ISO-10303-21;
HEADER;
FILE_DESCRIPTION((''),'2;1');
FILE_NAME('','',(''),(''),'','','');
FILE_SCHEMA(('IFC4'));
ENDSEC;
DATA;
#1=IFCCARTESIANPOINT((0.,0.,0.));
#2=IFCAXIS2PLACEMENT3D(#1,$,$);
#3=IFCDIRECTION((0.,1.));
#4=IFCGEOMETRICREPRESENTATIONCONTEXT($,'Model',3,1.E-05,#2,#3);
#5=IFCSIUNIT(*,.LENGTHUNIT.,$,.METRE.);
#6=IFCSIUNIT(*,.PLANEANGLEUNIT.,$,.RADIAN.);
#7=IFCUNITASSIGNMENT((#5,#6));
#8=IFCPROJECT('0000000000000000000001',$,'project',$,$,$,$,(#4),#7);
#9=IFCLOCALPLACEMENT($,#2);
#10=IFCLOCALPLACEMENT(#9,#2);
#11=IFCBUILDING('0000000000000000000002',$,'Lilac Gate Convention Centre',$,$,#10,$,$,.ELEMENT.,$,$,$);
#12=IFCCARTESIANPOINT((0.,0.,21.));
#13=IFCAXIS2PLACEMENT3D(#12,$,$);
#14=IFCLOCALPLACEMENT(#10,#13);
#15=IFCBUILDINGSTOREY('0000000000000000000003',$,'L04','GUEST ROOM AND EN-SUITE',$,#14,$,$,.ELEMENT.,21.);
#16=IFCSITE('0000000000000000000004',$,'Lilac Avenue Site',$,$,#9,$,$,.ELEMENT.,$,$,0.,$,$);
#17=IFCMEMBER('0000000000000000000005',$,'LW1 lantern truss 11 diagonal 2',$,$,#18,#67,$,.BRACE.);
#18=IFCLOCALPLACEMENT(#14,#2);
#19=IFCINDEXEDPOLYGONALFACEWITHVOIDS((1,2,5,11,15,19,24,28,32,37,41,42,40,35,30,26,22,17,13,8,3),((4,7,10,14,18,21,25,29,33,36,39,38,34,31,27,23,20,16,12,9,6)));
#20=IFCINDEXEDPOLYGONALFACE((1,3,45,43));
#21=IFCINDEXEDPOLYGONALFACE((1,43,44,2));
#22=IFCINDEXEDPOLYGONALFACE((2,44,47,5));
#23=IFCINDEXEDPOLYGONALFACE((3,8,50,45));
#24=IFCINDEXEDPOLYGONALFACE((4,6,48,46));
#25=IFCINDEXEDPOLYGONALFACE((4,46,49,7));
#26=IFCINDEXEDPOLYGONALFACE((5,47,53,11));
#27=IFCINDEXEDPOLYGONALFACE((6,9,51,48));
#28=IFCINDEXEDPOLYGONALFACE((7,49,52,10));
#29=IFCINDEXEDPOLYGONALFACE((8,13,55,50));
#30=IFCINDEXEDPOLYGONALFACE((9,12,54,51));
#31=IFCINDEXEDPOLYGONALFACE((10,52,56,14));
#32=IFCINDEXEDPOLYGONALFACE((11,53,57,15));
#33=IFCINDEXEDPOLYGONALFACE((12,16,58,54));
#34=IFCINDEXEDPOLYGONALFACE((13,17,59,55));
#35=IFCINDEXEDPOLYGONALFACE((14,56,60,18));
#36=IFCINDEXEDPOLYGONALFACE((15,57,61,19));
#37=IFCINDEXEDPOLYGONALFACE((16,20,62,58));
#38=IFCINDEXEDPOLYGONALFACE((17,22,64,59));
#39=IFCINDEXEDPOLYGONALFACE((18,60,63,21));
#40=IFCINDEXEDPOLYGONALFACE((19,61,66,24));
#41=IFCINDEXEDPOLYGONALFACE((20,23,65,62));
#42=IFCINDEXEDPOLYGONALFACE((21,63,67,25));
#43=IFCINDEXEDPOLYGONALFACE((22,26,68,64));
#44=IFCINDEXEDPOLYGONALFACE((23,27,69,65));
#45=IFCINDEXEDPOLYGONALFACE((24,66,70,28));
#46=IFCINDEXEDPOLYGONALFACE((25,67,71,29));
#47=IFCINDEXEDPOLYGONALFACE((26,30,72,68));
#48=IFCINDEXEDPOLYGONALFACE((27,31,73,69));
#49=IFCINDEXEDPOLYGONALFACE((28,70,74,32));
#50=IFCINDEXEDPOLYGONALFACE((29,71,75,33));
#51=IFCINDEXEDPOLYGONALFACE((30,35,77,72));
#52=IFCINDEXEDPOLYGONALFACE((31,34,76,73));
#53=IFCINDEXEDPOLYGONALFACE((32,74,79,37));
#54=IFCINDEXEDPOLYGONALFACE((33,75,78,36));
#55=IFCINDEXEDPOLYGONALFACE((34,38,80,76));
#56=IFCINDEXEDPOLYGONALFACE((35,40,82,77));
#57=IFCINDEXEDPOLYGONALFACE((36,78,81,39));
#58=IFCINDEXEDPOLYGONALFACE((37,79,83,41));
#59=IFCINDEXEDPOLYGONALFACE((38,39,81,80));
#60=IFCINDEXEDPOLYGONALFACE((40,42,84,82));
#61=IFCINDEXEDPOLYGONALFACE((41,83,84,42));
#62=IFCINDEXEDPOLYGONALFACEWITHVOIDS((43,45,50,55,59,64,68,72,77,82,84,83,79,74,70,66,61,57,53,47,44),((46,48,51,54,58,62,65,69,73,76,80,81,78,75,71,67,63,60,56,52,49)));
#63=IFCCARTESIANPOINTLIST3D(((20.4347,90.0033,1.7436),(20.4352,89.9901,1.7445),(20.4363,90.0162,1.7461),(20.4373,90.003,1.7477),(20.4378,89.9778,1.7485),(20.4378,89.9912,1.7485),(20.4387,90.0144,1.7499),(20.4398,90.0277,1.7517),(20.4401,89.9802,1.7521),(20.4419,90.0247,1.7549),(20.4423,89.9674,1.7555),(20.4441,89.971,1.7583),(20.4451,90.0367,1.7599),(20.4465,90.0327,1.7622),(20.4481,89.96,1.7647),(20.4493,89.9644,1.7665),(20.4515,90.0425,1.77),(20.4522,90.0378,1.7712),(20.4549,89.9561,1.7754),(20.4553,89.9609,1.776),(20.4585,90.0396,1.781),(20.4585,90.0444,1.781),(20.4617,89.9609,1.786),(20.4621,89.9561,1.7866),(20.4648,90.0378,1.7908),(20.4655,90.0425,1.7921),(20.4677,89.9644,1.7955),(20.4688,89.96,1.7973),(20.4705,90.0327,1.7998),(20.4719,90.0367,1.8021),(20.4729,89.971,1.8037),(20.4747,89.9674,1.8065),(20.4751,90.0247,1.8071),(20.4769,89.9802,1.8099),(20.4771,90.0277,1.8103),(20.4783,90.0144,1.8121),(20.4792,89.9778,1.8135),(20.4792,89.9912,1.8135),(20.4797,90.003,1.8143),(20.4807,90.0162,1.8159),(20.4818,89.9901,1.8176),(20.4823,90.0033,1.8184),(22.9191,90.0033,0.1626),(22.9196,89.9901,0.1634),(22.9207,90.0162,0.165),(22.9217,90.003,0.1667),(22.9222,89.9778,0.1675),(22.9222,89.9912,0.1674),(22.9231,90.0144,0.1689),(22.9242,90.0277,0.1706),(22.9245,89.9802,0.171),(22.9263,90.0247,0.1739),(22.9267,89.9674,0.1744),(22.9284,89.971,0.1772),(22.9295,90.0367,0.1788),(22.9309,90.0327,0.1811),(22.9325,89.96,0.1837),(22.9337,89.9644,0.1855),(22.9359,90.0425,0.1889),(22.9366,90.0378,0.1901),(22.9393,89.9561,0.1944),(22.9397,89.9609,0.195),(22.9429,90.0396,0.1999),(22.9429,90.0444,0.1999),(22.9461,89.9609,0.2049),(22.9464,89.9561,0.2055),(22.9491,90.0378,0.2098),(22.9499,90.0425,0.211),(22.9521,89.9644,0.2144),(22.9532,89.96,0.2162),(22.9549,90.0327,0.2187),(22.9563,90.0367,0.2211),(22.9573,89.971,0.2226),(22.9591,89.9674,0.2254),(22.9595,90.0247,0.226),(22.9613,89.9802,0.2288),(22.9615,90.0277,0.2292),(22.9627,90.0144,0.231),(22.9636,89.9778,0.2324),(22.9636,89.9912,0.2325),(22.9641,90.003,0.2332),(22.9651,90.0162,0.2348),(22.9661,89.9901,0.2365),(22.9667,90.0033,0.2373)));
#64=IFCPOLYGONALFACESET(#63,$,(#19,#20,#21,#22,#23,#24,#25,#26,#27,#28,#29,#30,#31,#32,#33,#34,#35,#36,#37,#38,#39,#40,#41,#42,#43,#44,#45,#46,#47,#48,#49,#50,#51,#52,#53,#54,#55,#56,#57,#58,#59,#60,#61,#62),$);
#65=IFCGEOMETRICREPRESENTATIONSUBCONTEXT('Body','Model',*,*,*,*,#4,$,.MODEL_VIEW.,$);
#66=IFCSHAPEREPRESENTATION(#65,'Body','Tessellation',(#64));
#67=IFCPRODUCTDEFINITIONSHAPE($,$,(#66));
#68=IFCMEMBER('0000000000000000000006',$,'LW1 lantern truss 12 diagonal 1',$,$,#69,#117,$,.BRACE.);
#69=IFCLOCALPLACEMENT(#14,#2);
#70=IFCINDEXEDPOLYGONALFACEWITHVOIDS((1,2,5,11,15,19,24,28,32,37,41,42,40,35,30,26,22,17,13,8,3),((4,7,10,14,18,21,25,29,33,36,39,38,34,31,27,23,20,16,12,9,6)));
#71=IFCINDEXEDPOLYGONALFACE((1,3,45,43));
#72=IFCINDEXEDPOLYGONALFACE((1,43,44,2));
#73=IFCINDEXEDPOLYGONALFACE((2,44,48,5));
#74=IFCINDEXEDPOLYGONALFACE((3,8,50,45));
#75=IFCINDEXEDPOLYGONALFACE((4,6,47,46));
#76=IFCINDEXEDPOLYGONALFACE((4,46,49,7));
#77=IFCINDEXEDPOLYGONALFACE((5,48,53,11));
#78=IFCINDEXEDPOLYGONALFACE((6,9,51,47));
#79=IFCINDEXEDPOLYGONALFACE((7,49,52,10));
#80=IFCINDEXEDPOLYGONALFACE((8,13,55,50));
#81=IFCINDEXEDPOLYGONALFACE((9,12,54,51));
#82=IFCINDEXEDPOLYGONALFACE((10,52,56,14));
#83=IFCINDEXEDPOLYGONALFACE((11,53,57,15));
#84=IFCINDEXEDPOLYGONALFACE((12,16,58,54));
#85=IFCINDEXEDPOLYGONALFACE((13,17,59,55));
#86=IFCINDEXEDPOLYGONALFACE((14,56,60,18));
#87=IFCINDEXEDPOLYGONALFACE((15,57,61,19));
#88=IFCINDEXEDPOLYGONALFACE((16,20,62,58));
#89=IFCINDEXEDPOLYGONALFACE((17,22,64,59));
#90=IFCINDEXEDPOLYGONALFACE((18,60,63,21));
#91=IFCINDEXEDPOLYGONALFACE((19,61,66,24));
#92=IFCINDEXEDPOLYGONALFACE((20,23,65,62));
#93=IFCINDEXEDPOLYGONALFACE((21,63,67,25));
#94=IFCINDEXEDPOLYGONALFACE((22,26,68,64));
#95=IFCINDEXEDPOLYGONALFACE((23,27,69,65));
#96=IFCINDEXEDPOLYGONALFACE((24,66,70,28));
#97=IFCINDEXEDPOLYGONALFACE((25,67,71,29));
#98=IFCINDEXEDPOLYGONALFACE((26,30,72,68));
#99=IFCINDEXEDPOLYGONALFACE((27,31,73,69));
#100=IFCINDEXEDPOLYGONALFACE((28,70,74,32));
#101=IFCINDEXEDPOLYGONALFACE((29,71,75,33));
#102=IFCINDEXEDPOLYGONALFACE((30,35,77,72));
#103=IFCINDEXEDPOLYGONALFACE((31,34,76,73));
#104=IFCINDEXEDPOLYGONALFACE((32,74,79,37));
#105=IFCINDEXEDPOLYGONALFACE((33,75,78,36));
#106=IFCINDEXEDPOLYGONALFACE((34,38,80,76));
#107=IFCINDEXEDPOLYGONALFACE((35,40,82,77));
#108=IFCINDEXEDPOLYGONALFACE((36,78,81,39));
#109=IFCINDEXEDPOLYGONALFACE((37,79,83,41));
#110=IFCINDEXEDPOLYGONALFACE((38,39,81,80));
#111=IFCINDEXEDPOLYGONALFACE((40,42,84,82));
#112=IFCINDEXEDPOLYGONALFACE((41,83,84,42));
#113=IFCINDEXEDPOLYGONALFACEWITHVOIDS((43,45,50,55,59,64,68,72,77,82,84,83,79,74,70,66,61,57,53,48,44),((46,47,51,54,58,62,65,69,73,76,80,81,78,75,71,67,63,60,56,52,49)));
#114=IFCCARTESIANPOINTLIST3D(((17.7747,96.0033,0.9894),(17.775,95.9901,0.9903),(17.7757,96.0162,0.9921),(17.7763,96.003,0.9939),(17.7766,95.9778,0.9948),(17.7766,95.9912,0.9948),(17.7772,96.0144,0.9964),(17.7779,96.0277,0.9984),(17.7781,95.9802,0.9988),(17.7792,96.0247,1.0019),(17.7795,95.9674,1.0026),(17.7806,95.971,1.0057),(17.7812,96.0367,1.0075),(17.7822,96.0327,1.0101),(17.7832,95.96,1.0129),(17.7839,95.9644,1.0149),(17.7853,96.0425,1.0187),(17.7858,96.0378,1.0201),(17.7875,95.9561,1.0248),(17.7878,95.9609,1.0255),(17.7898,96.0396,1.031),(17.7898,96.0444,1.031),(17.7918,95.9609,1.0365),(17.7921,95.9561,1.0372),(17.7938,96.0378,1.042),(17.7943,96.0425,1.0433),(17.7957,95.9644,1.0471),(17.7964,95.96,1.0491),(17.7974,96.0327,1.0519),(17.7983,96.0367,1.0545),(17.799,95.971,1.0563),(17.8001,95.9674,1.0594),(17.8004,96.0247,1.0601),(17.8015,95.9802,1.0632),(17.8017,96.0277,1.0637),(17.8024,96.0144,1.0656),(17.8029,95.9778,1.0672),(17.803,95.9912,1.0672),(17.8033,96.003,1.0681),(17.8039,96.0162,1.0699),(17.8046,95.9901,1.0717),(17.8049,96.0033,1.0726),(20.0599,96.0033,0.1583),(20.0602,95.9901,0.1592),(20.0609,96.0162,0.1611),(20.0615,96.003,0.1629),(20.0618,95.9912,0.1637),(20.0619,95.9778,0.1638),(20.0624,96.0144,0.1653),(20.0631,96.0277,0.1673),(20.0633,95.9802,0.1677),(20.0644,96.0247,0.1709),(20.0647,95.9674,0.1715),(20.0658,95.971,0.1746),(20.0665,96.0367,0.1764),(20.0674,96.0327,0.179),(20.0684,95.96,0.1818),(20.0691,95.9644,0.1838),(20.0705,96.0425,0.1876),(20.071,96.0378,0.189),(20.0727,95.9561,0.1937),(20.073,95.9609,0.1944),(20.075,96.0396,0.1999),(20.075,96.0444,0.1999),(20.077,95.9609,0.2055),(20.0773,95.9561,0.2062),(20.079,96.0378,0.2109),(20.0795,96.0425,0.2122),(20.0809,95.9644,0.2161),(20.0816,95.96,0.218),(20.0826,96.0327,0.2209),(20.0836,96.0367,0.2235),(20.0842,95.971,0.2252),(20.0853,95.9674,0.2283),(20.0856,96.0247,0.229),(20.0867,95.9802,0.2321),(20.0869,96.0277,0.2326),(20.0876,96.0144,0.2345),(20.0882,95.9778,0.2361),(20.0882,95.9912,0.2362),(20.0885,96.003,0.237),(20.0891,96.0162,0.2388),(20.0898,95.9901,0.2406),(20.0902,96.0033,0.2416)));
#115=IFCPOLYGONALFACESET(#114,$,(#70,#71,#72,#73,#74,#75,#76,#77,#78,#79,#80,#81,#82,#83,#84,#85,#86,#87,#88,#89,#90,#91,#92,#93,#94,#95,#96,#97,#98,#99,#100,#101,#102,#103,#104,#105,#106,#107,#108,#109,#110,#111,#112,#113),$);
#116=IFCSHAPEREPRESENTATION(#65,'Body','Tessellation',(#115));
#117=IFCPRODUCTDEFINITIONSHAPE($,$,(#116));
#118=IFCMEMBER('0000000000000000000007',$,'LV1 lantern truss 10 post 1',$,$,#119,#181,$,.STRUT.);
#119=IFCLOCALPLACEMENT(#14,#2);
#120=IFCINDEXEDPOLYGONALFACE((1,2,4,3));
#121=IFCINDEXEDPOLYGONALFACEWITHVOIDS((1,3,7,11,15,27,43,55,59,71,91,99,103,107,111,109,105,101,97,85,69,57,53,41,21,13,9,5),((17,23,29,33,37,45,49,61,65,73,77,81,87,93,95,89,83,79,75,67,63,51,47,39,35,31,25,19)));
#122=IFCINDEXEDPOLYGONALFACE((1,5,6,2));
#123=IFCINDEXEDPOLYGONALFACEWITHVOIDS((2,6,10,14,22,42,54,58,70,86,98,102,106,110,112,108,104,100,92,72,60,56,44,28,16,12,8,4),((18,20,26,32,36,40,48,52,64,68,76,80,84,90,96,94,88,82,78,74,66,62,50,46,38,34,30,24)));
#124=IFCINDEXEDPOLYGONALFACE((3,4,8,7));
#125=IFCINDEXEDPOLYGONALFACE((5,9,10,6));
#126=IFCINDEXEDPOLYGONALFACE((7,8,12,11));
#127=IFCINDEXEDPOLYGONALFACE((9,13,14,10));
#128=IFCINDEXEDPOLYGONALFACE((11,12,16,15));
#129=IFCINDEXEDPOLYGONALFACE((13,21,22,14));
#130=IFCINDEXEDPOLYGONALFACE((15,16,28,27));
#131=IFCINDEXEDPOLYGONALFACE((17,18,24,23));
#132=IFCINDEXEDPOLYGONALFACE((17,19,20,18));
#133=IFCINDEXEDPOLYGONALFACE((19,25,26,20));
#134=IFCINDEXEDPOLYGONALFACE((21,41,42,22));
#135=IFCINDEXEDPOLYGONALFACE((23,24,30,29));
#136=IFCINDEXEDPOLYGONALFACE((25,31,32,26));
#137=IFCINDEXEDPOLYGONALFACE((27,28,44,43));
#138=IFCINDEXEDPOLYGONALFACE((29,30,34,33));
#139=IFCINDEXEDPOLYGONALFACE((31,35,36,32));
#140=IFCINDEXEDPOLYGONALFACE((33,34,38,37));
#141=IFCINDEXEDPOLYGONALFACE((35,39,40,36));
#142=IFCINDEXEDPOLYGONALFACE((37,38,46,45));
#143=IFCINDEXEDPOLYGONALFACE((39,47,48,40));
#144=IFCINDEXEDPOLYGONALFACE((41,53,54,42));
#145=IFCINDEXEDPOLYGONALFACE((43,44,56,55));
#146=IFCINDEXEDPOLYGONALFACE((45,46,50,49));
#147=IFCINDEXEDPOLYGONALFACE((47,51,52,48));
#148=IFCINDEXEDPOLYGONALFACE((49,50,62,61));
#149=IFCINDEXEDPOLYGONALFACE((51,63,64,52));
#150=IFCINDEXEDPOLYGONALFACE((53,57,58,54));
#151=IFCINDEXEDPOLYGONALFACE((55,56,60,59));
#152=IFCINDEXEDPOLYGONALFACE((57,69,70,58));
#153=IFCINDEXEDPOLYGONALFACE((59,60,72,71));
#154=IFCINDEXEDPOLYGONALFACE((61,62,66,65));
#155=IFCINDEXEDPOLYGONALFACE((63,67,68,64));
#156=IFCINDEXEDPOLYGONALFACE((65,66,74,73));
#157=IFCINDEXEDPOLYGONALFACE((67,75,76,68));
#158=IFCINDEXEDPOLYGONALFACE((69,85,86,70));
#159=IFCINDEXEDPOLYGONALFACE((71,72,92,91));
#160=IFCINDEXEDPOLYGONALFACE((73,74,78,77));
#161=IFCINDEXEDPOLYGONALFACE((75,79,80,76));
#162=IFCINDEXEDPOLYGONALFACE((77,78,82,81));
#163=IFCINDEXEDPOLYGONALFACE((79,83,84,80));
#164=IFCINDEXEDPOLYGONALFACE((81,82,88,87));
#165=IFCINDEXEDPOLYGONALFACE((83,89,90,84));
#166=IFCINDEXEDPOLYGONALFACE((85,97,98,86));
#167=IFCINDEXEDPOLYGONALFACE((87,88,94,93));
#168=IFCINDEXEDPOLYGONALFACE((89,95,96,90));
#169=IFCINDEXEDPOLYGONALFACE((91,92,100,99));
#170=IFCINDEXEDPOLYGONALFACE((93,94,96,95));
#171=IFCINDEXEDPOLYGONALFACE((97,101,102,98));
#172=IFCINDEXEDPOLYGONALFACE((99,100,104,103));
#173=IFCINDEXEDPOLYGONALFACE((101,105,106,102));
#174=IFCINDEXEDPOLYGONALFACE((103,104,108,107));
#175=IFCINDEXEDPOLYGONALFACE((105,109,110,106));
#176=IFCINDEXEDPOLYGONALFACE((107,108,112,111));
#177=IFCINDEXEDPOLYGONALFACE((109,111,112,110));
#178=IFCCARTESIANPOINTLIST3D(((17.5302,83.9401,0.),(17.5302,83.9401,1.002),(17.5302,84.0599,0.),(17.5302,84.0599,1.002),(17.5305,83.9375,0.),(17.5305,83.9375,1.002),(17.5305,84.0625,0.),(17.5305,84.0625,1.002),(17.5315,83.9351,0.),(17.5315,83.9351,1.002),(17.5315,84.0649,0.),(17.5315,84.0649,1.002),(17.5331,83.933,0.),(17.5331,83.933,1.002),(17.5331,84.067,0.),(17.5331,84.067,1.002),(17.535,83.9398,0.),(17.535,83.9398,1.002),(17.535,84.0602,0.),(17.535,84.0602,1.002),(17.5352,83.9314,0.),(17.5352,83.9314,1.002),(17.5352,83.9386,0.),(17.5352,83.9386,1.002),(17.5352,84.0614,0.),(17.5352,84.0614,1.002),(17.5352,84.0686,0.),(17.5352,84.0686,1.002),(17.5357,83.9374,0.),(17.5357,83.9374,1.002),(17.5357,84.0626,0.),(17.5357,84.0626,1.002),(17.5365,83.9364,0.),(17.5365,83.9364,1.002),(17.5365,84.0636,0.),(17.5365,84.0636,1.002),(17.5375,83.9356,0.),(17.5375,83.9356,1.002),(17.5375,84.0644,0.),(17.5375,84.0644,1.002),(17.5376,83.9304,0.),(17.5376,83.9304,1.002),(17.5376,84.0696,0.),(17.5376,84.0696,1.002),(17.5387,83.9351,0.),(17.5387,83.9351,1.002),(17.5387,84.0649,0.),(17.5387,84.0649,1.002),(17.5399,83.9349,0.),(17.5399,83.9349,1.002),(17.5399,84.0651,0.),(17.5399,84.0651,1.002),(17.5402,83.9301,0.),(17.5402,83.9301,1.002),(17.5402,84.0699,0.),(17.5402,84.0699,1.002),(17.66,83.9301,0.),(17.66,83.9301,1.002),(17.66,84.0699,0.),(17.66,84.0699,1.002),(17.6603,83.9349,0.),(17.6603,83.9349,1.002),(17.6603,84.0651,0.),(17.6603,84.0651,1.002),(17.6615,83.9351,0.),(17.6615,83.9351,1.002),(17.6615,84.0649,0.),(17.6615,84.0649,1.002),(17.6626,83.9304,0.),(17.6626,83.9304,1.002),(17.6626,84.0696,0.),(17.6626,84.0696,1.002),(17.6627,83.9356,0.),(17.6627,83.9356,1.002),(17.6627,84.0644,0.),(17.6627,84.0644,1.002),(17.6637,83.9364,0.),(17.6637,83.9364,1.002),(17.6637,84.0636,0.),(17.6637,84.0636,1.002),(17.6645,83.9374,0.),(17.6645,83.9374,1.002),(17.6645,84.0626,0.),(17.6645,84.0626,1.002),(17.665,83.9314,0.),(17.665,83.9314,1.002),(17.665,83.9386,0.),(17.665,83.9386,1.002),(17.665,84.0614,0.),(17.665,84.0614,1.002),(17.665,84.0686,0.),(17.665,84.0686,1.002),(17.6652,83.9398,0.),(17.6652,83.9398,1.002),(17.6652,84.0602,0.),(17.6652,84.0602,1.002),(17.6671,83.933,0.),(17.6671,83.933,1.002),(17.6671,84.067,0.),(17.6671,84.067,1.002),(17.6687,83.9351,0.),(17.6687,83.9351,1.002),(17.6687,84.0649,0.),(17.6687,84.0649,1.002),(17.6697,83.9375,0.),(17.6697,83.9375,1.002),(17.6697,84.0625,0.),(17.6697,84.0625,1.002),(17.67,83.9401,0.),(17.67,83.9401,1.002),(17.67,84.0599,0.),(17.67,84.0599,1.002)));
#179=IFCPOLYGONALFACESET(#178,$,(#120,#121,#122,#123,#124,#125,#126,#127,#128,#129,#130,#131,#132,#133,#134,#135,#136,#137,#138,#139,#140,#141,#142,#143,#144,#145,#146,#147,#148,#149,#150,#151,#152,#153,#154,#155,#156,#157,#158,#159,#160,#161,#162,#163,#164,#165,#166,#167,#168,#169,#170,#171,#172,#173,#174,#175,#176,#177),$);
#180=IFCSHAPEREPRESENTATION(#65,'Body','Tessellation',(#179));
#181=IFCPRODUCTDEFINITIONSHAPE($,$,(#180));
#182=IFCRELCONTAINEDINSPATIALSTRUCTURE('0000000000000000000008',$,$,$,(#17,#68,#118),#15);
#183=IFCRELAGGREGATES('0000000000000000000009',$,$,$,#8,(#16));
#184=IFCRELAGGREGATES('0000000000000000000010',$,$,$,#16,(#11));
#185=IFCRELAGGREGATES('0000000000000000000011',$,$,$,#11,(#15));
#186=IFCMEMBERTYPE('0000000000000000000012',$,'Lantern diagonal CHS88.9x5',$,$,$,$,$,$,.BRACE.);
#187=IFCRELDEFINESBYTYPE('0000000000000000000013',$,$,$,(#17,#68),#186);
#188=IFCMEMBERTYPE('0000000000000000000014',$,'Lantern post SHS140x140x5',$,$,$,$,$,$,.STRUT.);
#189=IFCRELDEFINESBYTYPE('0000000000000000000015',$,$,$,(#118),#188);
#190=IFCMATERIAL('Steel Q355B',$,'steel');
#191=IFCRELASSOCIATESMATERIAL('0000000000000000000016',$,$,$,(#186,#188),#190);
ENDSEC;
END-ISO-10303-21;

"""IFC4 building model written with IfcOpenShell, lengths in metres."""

from ifc_helpers import new_model, si_unit, direction, frame, origin, origin_2d, place, context, subcontext, project, spatial, hollow_rectangle, hollow_circle, extrude, material, material_profile, profile_set, type_object, element, save


model = new_model("IFC4")

# Units and contexts
model_context = context("Model", 3, precision=1e-05, world=origin(), true_north=direction((0.0, 1.0)))
body_context = subcontext(model_context, "Body", "Model", "MODEL_VIEW")
ifc_project = project(units=[si_unit("LENGTHUNIT", "METRE"), si_unit("PLANEANGLEUNIT", "RADIAN")], contexts=[model_context])

# Site, building, storey
site_placement = place(None, origin())
site = spatial("IfcSite", under=ifc_project, at=site_placement, Name="Lilac Avenue Site", CompositionType="ELEMENT", RefElevation=0.0)
building_placement = place(site_placement, origin())
building = spatial("IfcBuilding", under=site, at=building_placement, Name="Lilac Gate Convention Centre", CompositionType="ELEMENT")
storey_placement = place(building_placement, frame((0.0, 0.0, 21.0)))
storey = spatial("IfcBuildingStorey", under=building, at=storey_placement, Name="L04", Description="GUEST ROOM AND EN-SUITE", CompositionType="ELEMENT", Elevation=21.0)

# Members
ifc_material_1 = material(Name="Steel Q355B", Category="steel")
ifc_material_profile_1 = material_profile(ifc_material_1, hollow_circle(Radius=0.0444, WallThickness=0.0049, at=origin_2d()), Name="CHS88.9x5")
ifc_profile_set_1 = profile_set([ifc_material_profile_1], Name="Steel Q355B")
member_type_1 = type_object("IfcMemberType", Name="Lantern diagonal CHS88.9x5", PredefinedType="BRACE", material=ifc_profile_set_1)
member_1_placement = place(storey_placement, frame((20.4585, 90.0, 1.781), z_axis=(0.843648, 0.0, -0.536897), x_axis=(0.0, 1.0, 0.0)))
element("IfcMember", 1, at=member_1_placement, inside=storey, type_object=member_type_1, Name="LW1 lantern truss 11 diagonal 2", PredefinedType="BRACE", context=body_context, shape_type="SweptSolid", body=[
    extrude(hollow_circle(Radius=0.0444, WallThickness=0.0049, at=origin_2d()), origin(), (0.0, 0.0, 1.0), 2.9448),
])
member_2_placement = place(storey_placement, frame((17.7898, 96.0, 1.031), z_axis=(0.939782, 0.0, -0.341775), x_axis=(0.0, 1.0, 0.0)))
element("IfcMember", 2, at=member_2_placement, inside=storey, type_object=member_type_1, Name="LW1 lantern truss 12 diagonal 1", PredefinedType="BRACE", context=body_context, shape_type="SweptSolid", body=[
    extrude(hollow_circle(Radius=0.0444, WallThickness=0.0049, at=origin_2d()), origin(), (0.0, 0.0, 1.0), 2.4316),
])
ifc_material_profile_2 = material_profile(ifc_material_1, hollow_rectangle(XDim=0.1399, YDim=0.1399, WallThickness=0.0049, InnerFilletRadius=0.0049, OuterFilletRadius=0.01, at=origin_2d()), Name="SHS140x140x5")
ifc_profile_set_2 = profile_set([ifc_material_profile_2], Name="Steel Q355B")
member_type_2 = type_object("IfcMemberType", Name="Lantern post SHS140x140x5", PredefinedType="STRUT", material=ifc_profile_set_2)
member_3_placement = place(storey_placement, frame((17.6001, 84.0, 0.0), z_axis=(0.0, 0.0, 1.0), x_axis=(1.0, 0.0, 0.0)))
element("IfcMember", 3, at=member_3_placement, inside=storey, type_object=member_type_2, Name="LV1 lantern truss 10 post 1", PredefinedType="STRUT", context=body_context, shape_type="SweptSolid", body=[
    extrude(hollow_rectangle(XDim=0.1399, YDim=0.1399, WallThickness=0.0049, InnerFilletRadius=0.0049, OuterFilletRadius=0.01, at=origin_2d()), origin(), (0.0, 0.0, 1.0), 1.002),
])

save(model, "model.ifc")
